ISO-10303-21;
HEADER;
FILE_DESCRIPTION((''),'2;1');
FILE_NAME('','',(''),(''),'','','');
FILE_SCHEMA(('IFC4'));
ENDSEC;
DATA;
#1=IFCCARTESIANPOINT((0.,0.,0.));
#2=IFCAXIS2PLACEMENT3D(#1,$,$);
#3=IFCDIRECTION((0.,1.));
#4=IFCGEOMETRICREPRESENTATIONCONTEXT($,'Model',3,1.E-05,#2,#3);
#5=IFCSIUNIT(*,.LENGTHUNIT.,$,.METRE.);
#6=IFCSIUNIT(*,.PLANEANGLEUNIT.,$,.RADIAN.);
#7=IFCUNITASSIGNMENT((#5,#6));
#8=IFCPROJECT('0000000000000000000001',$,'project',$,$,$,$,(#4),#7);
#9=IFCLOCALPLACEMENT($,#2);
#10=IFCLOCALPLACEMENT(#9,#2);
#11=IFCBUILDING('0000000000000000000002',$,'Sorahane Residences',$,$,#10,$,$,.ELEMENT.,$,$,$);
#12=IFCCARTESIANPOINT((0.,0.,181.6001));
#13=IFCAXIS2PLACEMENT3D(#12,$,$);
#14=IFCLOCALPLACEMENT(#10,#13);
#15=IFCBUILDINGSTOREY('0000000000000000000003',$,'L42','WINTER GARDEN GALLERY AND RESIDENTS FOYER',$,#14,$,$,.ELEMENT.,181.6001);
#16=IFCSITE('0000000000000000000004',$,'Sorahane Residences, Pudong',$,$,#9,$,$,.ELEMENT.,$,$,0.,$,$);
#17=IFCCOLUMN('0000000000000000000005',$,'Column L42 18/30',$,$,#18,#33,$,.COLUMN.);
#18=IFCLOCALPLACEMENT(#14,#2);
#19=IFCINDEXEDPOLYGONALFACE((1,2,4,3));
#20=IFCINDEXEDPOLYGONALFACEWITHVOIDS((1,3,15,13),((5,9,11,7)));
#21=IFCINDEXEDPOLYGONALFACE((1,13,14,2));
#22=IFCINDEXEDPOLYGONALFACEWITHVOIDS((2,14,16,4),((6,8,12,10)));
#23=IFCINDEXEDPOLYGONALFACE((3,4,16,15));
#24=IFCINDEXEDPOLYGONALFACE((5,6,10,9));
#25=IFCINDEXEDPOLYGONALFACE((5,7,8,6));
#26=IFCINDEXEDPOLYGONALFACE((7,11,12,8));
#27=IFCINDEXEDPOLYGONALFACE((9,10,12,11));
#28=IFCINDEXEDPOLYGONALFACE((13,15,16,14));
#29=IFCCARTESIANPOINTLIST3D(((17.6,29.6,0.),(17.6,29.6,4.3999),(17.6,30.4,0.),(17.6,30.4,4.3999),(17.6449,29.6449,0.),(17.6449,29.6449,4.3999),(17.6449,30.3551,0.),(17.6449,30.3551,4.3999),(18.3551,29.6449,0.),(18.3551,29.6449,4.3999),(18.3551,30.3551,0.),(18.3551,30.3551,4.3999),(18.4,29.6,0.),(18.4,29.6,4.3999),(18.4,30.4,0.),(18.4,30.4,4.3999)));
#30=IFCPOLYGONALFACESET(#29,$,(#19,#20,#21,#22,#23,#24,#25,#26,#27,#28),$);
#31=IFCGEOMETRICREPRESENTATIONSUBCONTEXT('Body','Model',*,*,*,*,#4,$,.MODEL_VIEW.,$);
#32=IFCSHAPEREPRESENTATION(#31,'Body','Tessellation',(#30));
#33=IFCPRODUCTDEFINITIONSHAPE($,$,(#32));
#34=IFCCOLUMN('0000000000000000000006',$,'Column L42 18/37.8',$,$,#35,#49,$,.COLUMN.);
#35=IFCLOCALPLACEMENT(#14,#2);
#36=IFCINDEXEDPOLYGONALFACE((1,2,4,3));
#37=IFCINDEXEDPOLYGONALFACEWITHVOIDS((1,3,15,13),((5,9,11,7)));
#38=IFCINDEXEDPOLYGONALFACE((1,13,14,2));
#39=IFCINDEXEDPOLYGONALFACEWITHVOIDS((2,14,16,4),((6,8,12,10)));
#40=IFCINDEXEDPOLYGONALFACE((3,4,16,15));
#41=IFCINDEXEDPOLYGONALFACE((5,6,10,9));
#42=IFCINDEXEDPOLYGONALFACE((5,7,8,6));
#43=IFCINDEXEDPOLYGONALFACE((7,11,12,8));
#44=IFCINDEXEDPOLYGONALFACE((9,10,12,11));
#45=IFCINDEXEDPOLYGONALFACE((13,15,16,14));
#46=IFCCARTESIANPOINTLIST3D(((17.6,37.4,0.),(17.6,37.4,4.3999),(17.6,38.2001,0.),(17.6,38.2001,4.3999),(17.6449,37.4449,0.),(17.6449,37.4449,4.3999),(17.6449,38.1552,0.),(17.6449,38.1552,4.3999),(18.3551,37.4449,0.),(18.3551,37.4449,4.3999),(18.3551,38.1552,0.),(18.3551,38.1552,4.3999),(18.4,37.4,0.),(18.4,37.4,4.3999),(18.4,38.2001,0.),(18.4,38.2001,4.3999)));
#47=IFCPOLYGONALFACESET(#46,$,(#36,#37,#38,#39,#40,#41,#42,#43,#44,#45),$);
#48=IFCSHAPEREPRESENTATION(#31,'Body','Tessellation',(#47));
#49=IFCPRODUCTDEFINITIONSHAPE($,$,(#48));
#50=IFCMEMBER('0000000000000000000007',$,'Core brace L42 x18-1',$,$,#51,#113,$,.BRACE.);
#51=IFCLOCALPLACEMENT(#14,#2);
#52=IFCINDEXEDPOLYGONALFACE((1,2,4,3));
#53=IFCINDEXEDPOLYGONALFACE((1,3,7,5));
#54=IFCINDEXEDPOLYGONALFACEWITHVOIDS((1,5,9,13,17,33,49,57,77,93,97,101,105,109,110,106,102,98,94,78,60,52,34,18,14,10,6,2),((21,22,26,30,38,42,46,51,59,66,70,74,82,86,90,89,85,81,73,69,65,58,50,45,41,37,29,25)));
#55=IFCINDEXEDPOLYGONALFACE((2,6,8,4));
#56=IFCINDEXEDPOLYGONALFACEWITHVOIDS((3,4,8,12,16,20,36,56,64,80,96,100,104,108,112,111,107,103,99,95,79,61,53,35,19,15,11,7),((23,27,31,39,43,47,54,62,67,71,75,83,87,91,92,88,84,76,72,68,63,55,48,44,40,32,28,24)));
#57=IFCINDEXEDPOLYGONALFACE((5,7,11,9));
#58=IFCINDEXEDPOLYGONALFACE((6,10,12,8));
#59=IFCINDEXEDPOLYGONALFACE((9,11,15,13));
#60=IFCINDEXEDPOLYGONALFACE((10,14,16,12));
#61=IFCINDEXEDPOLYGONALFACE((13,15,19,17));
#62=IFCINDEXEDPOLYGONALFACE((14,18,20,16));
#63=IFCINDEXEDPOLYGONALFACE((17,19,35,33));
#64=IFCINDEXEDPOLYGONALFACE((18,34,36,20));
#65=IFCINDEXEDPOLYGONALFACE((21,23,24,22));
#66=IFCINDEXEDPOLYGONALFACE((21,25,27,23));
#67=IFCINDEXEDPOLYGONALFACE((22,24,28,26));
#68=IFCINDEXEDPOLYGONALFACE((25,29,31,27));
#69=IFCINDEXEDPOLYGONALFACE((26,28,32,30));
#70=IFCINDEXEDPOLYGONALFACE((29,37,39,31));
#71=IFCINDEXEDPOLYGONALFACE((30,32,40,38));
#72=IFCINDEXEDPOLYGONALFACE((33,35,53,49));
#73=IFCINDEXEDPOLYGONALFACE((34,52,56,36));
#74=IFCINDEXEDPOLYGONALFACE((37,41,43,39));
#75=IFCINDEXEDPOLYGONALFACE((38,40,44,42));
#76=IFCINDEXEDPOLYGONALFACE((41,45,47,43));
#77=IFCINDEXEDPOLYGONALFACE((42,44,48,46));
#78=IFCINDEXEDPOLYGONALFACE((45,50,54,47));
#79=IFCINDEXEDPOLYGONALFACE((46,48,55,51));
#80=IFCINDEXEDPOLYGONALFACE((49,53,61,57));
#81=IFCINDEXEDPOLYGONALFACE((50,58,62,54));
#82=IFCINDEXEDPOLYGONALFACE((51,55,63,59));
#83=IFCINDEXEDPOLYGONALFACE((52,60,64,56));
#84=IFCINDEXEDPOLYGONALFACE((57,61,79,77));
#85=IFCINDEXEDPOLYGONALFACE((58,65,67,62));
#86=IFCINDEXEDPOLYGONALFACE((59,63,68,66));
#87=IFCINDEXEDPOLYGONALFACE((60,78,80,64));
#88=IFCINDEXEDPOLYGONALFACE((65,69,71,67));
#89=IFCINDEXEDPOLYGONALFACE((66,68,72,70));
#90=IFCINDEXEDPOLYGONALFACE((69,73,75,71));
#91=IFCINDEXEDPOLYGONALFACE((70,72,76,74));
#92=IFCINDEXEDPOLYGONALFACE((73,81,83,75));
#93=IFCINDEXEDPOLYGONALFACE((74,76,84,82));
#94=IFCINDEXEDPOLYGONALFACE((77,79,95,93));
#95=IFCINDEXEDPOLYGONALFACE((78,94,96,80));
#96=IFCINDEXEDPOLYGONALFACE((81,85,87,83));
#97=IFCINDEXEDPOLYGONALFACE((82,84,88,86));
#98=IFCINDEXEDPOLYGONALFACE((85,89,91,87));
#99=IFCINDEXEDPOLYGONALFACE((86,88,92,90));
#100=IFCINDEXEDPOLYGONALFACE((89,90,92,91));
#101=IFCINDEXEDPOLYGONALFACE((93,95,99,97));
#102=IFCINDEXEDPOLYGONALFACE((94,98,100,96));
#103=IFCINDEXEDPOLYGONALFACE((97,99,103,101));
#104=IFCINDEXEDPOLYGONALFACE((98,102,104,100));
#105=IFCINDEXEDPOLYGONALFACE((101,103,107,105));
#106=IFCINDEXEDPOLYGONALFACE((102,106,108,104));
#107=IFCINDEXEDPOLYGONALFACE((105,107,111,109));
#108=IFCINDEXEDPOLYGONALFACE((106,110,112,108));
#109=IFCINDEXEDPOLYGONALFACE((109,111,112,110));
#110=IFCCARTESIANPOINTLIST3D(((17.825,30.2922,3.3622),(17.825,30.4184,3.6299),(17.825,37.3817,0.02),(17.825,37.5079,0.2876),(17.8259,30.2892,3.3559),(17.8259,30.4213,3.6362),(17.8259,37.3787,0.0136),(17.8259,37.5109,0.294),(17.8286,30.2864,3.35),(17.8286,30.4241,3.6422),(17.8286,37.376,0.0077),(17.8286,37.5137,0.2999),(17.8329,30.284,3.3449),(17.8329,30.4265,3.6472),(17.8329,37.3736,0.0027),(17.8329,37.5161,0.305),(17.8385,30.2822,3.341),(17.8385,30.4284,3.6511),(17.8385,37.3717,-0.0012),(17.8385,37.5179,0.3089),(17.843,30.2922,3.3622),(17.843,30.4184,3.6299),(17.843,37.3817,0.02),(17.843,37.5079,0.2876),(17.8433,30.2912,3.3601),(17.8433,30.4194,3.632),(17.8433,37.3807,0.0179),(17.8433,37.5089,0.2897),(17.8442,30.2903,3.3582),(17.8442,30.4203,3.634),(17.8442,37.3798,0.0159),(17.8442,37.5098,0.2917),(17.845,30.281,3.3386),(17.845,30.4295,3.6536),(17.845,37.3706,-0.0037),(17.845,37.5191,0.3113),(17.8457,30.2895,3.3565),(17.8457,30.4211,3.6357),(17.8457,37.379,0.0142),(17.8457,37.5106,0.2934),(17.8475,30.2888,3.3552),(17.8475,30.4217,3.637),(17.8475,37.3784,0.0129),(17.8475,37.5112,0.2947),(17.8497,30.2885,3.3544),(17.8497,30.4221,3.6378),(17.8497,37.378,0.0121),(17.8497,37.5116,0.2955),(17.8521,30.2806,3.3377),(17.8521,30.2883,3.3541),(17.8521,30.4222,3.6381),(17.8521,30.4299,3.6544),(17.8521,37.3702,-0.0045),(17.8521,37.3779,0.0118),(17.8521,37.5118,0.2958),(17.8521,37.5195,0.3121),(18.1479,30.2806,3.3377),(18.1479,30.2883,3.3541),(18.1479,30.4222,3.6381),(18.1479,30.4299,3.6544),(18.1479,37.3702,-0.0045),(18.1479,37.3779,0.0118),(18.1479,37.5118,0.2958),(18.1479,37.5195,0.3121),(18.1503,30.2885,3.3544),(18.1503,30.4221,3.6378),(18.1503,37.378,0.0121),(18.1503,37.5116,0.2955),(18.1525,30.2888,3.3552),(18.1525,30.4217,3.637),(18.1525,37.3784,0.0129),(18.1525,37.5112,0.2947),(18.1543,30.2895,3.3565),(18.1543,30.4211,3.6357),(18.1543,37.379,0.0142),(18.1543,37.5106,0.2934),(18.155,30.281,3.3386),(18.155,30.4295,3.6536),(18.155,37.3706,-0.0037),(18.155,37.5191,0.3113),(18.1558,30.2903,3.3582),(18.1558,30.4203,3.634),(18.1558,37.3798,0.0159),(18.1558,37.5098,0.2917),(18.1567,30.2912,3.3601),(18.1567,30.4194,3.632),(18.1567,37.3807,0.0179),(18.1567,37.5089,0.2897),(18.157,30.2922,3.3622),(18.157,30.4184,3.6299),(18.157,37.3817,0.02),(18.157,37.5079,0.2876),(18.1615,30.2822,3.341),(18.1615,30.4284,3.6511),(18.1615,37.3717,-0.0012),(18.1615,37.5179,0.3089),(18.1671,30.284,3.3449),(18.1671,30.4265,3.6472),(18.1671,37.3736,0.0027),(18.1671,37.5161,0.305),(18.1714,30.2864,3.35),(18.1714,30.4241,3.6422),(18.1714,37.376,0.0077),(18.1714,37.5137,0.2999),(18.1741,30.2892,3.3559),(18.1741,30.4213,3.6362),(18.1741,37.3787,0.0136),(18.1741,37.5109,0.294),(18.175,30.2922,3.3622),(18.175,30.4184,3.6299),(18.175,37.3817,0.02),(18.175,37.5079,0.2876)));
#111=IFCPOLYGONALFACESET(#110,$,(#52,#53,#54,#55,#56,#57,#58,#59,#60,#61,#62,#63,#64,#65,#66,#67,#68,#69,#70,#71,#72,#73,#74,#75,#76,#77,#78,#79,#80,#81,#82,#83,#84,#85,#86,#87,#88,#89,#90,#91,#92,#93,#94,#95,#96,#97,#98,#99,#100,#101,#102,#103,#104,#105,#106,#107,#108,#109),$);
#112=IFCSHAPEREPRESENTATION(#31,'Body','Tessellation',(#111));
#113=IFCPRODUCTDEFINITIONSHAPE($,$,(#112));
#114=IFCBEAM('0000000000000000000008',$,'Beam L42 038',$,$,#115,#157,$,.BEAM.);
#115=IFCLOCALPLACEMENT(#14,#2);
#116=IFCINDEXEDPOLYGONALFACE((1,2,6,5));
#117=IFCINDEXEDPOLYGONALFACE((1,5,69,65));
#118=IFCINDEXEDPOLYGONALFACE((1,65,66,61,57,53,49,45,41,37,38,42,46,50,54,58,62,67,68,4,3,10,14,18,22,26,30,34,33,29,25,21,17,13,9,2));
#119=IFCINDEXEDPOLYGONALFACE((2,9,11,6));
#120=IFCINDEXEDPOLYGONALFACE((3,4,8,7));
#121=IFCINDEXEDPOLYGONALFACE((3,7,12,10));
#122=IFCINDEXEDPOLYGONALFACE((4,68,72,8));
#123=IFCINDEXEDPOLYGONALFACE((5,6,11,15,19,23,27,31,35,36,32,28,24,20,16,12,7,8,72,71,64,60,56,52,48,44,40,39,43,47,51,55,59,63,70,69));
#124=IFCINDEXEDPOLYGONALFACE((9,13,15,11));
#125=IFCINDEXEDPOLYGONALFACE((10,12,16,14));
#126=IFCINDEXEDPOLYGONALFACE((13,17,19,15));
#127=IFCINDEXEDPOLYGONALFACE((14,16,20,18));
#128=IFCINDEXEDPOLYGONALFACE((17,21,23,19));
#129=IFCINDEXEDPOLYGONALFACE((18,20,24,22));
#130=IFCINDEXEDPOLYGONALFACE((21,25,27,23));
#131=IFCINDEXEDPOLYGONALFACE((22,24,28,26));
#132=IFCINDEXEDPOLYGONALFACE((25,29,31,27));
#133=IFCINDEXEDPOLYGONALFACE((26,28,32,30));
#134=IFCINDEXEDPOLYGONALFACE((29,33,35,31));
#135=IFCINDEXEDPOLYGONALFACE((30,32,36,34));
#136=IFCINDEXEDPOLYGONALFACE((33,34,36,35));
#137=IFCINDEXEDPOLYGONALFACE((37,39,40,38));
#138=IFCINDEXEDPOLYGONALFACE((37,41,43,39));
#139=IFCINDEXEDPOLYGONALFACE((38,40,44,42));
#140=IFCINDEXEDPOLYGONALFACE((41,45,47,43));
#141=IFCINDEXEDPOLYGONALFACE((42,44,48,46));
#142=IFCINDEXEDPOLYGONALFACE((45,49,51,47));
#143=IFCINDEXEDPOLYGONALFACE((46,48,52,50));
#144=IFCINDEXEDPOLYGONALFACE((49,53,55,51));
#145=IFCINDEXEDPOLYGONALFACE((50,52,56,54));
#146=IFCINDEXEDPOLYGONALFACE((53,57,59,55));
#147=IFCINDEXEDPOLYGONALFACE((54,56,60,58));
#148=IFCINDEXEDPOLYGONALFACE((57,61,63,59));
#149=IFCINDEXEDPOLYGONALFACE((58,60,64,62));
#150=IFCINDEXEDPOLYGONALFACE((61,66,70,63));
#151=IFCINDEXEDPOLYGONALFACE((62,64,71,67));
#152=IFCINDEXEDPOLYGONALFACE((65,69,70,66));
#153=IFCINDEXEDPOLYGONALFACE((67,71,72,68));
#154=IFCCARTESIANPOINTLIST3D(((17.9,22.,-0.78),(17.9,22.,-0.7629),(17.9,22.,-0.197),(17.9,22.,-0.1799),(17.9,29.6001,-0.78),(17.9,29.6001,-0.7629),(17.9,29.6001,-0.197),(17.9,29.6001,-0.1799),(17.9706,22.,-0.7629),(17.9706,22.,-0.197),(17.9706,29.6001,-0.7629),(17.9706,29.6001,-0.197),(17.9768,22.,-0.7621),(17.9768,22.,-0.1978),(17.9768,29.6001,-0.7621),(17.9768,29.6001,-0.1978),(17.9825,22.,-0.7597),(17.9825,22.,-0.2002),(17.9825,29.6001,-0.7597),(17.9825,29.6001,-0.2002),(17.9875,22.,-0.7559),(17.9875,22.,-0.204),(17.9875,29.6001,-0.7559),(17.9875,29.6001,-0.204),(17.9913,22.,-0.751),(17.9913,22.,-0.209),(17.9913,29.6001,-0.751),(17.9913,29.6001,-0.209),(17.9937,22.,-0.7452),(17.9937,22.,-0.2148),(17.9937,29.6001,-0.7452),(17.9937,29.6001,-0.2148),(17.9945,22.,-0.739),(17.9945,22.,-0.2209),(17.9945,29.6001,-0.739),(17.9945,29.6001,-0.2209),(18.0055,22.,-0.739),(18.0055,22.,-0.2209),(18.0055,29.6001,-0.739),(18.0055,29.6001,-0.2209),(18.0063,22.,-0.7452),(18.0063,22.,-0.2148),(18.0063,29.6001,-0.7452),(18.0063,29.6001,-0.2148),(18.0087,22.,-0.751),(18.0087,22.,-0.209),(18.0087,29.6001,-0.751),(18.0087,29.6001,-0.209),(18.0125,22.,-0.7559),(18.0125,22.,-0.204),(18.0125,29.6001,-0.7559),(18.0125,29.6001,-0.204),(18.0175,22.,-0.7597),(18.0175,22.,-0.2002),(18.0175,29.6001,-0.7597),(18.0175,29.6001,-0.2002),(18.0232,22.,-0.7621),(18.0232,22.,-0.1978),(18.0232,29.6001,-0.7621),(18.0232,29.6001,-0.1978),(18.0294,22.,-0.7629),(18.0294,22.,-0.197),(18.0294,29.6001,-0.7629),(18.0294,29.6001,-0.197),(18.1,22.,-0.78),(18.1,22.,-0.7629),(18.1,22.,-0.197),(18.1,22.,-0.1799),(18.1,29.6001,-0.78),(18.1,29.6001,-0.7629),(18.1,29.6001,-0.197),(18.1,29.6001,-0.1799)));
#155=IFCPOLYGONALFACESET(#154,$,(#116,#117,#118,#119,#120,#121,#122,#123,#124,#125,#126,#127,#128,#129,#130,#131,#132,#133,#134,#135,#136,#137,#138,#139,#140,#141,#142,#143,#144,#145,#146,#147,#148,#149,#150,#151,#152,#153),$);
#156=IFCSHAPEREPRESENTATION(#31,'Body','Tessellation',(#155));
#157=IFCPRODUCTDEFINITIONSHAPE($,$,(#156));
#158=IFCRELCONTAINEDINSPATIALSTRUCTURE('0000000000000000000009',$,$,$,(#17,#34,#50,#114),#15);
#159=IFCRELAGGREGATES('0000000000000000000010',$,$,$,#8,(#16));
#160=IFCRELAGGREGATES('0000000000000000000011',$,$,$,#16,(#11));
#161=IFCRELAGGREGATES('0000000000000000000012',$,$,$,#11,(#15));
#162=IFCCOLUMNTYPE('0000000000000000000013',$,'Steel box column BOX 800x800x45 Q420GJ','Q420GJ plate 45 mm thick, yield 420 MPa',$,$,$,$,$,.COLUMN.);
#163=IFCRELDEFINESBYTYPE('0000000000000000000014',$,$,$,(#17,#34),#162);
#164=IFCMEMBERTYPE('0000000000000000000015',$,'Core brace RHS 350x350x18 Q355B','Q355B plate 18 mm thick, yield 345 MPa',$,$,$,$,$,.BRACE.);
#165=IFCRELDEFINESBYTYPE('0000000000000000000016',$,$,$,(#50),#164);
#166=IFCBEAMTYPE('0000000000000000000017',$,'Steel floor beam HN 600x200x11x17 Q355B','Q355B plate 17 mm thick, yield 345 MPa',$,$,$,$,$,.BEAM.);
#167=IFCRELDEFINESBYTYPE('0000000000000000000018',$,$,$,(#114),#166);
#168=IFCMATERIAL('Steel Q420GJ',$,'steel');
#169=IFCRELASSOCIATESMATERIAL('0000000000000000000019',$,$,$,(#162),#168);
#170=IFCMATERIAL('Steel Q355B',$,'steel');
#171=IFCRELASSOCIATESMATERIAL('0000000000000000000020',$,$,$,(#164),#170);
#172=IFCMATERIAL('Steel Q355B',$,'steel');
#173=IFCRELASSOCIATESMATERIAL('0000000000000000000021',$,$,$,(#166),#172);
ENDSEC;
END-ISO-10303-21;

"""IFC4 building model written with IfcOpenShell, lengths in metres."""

from ifc_helpers import new_model, si_unit, direction, frame, origin, origin_2d, place, context, subcontext, project, spatial, hollow_rectangle, i_section, extrude, material, material_profile, profile_set, type_object, element, save


model = new_model("IFC4")

# Units and contexts
model_context = context("Model", 3, precision=1e-05, world=origin(), true_north=direction((0.0, 1.0)))
body_context = subcontext(model_context, "Body", "Model", "MODEL_VIEW")
ifc_project = project(units=[si_unit("LENGTHUNIT", "METRE"), si_unit("PLANEANGLEUNIT", "RADIAN")], contexts=[model_context])

# Site, building, storey
site_placement = place(None, origin())
site = spatial("IfcSite", under=ifc_project, at=site_placement, Name="Sorahane Residences, Pudong", CompositionType="ELEMENT", RefElevation=0.0)
building_placement = place(site_placement, origin())
building = spatial("IfcBuilding", under=site, at=building_placement, Name="Sorahane Residences", CompositionType="ELEMENT")
storey_placement = place(building_placement, frame((0.0, 0.0, 181.6001)))
storey = spatial("IfcBuildingStorey", under=building, at=storey_placement, Name="L42", Description="WINTER GARDEN GALLERY AND RESIDENTS FOYER", CompositionType="ELEMENT", Elevation=181.6001)

# Columns
ifc_material_1 = material(Name="Steel Q420GJ", Category="steel")
ifc_material_profile_1 = material_profile(ifc_material_1, hollow_rectangle(XDim=0.8, YDim=0.8, WallThickness=0.0449, at=origin_2d()), Name="BOX 800x800x45")
ifc_profile_set_1 = profile_set([ifc_material_profile_1], Name="Steel Q420GJ")
column_type = type_object("IfcColumnType", Name="Steel box column BOX 800x800x45 Q420GJ", Description="Q420GJ plate 45 mm thick, yield 420 MPa", PredefinedType="COLUMN", material=ifc_profile_set_1)
for number, where, z_axis, x_axis, name in (
    (1, (18.0, 30.0, 0.0), (0.0, 0.0, 1.0), (1.0, 0.0, 0.0), "Column L42 18/30"),
    (2, (18.0, 37.8, 0.0), (0.0, 0.0, 1.0), (1.0, 0.0, 0.0), "Column L42 18/37.8"),
):
    element("IfcColumn", number, at=place(storey_placement, frame(where, z_axis=z_axis, x_axis=x_axis)), inside=storey, type_object=column_type, Name=name, PredefinedType="COLUMN", context=body_context, shape_type="SweptSolid", body=[
        extrude(hollow_rectangle(XDim=0.8, YDim=0.8, WallThickness=0.0449, at=origin_2d()), origin(), (0.0, 0.0, 1.0), 4.3999),
    ])

# Member
ifc_material_2 = material(Name="Steel Q355B", Category="steel")
ifc_material_profile_2 = material_profile(ifc_material_2, hollow_rectangle(XDim=0.3501, YDim=0.3501, WallThickness=0.0181, InnerFilletRadius=0.009, OuterFilletRadius=0.0271, at=origin_2d()), Name="RHS 350x350x18")
ifc_profile_set_2 = profile_set([ifc_material_profile_2], Name="Steel Q355B")
member_type = type_object("IfcMemberType", Name="Core brace RHS 350x350x18 Q355B", Description="Q355B plate 18 mm thick, yield 345 MPa", PredefinedType="BRACE", material=ifc_profile_set_2)
member_placement = place(storey_placement, frame((18.0, 37.4448, 0.1538), z_axis=(0.0, -0.904523, 0.426424), x_axis=(1.0, 0.0, 0.0)))
element("IfcMember", 3, at=member_placement, inside=storey, type_object=member_type, Name="Core brace L42 x18-1", PredefinedType="BRACE", context=body_context, shape_type="SweptSolid", body=[
    extrude(hollow_rectangle(XDim=0.3501, YDim=0.3501, WallThickness=0.0181, InnerFilletRadius=0.009, OuterFilletRadius=0.0271, at=origin_2d()), origin(), (0.0, 0.0, 1.0), 7.8379),
])

# Beam
ifc_material_3 = material(Name="Steel Q355B", Category="steel")
ifc_material_profile_3 = material_profile(ifc_material_3, i_section(OverallWidth=0.2, OverallDepth=0.6001, WebThickness=0.011, FlangeThickness=0.0171, FilletRadius=0.0239, at=origin_2d()), Name="HN 600x200x11x17")
ifc_profile_set_3 = profile_set([ifc_material_profile_3], Name="Steel Q355B")
beam_type = type_object("IfcBeamType", Name="Steel floor beam HN 600x200x11x17 Q355B", Description="Q355B plate 17 mm thick, yield 345 MPa", PredefinedType="BEAM", material=ifc_profile_set_3)
beam_placement = place(storey_placement, frame((18.0, 22.0, -0.48), z_axis=(0.0, 1.0, 0.0), x_axis=(-1.0, 0.0, 0.0)))
element("IfcBeam", 4, at=beam_placement, inside=storey, type_object=beam_type, Name="Beam L42 038", PredefinedType="BEAM", context=body_context, shape_type="SweptSolid", body=[
    extrude(i_section(OverallWidth=0.2, OverallDepth=0.6001, WebThickness=0.011, FlangeThickness=0.0171, FilletRadius=0.0239, at=origin_2d()), origin(), (0.0, 0.0, 1.0), 7.6001),
])

save(model, "model.ifc")
